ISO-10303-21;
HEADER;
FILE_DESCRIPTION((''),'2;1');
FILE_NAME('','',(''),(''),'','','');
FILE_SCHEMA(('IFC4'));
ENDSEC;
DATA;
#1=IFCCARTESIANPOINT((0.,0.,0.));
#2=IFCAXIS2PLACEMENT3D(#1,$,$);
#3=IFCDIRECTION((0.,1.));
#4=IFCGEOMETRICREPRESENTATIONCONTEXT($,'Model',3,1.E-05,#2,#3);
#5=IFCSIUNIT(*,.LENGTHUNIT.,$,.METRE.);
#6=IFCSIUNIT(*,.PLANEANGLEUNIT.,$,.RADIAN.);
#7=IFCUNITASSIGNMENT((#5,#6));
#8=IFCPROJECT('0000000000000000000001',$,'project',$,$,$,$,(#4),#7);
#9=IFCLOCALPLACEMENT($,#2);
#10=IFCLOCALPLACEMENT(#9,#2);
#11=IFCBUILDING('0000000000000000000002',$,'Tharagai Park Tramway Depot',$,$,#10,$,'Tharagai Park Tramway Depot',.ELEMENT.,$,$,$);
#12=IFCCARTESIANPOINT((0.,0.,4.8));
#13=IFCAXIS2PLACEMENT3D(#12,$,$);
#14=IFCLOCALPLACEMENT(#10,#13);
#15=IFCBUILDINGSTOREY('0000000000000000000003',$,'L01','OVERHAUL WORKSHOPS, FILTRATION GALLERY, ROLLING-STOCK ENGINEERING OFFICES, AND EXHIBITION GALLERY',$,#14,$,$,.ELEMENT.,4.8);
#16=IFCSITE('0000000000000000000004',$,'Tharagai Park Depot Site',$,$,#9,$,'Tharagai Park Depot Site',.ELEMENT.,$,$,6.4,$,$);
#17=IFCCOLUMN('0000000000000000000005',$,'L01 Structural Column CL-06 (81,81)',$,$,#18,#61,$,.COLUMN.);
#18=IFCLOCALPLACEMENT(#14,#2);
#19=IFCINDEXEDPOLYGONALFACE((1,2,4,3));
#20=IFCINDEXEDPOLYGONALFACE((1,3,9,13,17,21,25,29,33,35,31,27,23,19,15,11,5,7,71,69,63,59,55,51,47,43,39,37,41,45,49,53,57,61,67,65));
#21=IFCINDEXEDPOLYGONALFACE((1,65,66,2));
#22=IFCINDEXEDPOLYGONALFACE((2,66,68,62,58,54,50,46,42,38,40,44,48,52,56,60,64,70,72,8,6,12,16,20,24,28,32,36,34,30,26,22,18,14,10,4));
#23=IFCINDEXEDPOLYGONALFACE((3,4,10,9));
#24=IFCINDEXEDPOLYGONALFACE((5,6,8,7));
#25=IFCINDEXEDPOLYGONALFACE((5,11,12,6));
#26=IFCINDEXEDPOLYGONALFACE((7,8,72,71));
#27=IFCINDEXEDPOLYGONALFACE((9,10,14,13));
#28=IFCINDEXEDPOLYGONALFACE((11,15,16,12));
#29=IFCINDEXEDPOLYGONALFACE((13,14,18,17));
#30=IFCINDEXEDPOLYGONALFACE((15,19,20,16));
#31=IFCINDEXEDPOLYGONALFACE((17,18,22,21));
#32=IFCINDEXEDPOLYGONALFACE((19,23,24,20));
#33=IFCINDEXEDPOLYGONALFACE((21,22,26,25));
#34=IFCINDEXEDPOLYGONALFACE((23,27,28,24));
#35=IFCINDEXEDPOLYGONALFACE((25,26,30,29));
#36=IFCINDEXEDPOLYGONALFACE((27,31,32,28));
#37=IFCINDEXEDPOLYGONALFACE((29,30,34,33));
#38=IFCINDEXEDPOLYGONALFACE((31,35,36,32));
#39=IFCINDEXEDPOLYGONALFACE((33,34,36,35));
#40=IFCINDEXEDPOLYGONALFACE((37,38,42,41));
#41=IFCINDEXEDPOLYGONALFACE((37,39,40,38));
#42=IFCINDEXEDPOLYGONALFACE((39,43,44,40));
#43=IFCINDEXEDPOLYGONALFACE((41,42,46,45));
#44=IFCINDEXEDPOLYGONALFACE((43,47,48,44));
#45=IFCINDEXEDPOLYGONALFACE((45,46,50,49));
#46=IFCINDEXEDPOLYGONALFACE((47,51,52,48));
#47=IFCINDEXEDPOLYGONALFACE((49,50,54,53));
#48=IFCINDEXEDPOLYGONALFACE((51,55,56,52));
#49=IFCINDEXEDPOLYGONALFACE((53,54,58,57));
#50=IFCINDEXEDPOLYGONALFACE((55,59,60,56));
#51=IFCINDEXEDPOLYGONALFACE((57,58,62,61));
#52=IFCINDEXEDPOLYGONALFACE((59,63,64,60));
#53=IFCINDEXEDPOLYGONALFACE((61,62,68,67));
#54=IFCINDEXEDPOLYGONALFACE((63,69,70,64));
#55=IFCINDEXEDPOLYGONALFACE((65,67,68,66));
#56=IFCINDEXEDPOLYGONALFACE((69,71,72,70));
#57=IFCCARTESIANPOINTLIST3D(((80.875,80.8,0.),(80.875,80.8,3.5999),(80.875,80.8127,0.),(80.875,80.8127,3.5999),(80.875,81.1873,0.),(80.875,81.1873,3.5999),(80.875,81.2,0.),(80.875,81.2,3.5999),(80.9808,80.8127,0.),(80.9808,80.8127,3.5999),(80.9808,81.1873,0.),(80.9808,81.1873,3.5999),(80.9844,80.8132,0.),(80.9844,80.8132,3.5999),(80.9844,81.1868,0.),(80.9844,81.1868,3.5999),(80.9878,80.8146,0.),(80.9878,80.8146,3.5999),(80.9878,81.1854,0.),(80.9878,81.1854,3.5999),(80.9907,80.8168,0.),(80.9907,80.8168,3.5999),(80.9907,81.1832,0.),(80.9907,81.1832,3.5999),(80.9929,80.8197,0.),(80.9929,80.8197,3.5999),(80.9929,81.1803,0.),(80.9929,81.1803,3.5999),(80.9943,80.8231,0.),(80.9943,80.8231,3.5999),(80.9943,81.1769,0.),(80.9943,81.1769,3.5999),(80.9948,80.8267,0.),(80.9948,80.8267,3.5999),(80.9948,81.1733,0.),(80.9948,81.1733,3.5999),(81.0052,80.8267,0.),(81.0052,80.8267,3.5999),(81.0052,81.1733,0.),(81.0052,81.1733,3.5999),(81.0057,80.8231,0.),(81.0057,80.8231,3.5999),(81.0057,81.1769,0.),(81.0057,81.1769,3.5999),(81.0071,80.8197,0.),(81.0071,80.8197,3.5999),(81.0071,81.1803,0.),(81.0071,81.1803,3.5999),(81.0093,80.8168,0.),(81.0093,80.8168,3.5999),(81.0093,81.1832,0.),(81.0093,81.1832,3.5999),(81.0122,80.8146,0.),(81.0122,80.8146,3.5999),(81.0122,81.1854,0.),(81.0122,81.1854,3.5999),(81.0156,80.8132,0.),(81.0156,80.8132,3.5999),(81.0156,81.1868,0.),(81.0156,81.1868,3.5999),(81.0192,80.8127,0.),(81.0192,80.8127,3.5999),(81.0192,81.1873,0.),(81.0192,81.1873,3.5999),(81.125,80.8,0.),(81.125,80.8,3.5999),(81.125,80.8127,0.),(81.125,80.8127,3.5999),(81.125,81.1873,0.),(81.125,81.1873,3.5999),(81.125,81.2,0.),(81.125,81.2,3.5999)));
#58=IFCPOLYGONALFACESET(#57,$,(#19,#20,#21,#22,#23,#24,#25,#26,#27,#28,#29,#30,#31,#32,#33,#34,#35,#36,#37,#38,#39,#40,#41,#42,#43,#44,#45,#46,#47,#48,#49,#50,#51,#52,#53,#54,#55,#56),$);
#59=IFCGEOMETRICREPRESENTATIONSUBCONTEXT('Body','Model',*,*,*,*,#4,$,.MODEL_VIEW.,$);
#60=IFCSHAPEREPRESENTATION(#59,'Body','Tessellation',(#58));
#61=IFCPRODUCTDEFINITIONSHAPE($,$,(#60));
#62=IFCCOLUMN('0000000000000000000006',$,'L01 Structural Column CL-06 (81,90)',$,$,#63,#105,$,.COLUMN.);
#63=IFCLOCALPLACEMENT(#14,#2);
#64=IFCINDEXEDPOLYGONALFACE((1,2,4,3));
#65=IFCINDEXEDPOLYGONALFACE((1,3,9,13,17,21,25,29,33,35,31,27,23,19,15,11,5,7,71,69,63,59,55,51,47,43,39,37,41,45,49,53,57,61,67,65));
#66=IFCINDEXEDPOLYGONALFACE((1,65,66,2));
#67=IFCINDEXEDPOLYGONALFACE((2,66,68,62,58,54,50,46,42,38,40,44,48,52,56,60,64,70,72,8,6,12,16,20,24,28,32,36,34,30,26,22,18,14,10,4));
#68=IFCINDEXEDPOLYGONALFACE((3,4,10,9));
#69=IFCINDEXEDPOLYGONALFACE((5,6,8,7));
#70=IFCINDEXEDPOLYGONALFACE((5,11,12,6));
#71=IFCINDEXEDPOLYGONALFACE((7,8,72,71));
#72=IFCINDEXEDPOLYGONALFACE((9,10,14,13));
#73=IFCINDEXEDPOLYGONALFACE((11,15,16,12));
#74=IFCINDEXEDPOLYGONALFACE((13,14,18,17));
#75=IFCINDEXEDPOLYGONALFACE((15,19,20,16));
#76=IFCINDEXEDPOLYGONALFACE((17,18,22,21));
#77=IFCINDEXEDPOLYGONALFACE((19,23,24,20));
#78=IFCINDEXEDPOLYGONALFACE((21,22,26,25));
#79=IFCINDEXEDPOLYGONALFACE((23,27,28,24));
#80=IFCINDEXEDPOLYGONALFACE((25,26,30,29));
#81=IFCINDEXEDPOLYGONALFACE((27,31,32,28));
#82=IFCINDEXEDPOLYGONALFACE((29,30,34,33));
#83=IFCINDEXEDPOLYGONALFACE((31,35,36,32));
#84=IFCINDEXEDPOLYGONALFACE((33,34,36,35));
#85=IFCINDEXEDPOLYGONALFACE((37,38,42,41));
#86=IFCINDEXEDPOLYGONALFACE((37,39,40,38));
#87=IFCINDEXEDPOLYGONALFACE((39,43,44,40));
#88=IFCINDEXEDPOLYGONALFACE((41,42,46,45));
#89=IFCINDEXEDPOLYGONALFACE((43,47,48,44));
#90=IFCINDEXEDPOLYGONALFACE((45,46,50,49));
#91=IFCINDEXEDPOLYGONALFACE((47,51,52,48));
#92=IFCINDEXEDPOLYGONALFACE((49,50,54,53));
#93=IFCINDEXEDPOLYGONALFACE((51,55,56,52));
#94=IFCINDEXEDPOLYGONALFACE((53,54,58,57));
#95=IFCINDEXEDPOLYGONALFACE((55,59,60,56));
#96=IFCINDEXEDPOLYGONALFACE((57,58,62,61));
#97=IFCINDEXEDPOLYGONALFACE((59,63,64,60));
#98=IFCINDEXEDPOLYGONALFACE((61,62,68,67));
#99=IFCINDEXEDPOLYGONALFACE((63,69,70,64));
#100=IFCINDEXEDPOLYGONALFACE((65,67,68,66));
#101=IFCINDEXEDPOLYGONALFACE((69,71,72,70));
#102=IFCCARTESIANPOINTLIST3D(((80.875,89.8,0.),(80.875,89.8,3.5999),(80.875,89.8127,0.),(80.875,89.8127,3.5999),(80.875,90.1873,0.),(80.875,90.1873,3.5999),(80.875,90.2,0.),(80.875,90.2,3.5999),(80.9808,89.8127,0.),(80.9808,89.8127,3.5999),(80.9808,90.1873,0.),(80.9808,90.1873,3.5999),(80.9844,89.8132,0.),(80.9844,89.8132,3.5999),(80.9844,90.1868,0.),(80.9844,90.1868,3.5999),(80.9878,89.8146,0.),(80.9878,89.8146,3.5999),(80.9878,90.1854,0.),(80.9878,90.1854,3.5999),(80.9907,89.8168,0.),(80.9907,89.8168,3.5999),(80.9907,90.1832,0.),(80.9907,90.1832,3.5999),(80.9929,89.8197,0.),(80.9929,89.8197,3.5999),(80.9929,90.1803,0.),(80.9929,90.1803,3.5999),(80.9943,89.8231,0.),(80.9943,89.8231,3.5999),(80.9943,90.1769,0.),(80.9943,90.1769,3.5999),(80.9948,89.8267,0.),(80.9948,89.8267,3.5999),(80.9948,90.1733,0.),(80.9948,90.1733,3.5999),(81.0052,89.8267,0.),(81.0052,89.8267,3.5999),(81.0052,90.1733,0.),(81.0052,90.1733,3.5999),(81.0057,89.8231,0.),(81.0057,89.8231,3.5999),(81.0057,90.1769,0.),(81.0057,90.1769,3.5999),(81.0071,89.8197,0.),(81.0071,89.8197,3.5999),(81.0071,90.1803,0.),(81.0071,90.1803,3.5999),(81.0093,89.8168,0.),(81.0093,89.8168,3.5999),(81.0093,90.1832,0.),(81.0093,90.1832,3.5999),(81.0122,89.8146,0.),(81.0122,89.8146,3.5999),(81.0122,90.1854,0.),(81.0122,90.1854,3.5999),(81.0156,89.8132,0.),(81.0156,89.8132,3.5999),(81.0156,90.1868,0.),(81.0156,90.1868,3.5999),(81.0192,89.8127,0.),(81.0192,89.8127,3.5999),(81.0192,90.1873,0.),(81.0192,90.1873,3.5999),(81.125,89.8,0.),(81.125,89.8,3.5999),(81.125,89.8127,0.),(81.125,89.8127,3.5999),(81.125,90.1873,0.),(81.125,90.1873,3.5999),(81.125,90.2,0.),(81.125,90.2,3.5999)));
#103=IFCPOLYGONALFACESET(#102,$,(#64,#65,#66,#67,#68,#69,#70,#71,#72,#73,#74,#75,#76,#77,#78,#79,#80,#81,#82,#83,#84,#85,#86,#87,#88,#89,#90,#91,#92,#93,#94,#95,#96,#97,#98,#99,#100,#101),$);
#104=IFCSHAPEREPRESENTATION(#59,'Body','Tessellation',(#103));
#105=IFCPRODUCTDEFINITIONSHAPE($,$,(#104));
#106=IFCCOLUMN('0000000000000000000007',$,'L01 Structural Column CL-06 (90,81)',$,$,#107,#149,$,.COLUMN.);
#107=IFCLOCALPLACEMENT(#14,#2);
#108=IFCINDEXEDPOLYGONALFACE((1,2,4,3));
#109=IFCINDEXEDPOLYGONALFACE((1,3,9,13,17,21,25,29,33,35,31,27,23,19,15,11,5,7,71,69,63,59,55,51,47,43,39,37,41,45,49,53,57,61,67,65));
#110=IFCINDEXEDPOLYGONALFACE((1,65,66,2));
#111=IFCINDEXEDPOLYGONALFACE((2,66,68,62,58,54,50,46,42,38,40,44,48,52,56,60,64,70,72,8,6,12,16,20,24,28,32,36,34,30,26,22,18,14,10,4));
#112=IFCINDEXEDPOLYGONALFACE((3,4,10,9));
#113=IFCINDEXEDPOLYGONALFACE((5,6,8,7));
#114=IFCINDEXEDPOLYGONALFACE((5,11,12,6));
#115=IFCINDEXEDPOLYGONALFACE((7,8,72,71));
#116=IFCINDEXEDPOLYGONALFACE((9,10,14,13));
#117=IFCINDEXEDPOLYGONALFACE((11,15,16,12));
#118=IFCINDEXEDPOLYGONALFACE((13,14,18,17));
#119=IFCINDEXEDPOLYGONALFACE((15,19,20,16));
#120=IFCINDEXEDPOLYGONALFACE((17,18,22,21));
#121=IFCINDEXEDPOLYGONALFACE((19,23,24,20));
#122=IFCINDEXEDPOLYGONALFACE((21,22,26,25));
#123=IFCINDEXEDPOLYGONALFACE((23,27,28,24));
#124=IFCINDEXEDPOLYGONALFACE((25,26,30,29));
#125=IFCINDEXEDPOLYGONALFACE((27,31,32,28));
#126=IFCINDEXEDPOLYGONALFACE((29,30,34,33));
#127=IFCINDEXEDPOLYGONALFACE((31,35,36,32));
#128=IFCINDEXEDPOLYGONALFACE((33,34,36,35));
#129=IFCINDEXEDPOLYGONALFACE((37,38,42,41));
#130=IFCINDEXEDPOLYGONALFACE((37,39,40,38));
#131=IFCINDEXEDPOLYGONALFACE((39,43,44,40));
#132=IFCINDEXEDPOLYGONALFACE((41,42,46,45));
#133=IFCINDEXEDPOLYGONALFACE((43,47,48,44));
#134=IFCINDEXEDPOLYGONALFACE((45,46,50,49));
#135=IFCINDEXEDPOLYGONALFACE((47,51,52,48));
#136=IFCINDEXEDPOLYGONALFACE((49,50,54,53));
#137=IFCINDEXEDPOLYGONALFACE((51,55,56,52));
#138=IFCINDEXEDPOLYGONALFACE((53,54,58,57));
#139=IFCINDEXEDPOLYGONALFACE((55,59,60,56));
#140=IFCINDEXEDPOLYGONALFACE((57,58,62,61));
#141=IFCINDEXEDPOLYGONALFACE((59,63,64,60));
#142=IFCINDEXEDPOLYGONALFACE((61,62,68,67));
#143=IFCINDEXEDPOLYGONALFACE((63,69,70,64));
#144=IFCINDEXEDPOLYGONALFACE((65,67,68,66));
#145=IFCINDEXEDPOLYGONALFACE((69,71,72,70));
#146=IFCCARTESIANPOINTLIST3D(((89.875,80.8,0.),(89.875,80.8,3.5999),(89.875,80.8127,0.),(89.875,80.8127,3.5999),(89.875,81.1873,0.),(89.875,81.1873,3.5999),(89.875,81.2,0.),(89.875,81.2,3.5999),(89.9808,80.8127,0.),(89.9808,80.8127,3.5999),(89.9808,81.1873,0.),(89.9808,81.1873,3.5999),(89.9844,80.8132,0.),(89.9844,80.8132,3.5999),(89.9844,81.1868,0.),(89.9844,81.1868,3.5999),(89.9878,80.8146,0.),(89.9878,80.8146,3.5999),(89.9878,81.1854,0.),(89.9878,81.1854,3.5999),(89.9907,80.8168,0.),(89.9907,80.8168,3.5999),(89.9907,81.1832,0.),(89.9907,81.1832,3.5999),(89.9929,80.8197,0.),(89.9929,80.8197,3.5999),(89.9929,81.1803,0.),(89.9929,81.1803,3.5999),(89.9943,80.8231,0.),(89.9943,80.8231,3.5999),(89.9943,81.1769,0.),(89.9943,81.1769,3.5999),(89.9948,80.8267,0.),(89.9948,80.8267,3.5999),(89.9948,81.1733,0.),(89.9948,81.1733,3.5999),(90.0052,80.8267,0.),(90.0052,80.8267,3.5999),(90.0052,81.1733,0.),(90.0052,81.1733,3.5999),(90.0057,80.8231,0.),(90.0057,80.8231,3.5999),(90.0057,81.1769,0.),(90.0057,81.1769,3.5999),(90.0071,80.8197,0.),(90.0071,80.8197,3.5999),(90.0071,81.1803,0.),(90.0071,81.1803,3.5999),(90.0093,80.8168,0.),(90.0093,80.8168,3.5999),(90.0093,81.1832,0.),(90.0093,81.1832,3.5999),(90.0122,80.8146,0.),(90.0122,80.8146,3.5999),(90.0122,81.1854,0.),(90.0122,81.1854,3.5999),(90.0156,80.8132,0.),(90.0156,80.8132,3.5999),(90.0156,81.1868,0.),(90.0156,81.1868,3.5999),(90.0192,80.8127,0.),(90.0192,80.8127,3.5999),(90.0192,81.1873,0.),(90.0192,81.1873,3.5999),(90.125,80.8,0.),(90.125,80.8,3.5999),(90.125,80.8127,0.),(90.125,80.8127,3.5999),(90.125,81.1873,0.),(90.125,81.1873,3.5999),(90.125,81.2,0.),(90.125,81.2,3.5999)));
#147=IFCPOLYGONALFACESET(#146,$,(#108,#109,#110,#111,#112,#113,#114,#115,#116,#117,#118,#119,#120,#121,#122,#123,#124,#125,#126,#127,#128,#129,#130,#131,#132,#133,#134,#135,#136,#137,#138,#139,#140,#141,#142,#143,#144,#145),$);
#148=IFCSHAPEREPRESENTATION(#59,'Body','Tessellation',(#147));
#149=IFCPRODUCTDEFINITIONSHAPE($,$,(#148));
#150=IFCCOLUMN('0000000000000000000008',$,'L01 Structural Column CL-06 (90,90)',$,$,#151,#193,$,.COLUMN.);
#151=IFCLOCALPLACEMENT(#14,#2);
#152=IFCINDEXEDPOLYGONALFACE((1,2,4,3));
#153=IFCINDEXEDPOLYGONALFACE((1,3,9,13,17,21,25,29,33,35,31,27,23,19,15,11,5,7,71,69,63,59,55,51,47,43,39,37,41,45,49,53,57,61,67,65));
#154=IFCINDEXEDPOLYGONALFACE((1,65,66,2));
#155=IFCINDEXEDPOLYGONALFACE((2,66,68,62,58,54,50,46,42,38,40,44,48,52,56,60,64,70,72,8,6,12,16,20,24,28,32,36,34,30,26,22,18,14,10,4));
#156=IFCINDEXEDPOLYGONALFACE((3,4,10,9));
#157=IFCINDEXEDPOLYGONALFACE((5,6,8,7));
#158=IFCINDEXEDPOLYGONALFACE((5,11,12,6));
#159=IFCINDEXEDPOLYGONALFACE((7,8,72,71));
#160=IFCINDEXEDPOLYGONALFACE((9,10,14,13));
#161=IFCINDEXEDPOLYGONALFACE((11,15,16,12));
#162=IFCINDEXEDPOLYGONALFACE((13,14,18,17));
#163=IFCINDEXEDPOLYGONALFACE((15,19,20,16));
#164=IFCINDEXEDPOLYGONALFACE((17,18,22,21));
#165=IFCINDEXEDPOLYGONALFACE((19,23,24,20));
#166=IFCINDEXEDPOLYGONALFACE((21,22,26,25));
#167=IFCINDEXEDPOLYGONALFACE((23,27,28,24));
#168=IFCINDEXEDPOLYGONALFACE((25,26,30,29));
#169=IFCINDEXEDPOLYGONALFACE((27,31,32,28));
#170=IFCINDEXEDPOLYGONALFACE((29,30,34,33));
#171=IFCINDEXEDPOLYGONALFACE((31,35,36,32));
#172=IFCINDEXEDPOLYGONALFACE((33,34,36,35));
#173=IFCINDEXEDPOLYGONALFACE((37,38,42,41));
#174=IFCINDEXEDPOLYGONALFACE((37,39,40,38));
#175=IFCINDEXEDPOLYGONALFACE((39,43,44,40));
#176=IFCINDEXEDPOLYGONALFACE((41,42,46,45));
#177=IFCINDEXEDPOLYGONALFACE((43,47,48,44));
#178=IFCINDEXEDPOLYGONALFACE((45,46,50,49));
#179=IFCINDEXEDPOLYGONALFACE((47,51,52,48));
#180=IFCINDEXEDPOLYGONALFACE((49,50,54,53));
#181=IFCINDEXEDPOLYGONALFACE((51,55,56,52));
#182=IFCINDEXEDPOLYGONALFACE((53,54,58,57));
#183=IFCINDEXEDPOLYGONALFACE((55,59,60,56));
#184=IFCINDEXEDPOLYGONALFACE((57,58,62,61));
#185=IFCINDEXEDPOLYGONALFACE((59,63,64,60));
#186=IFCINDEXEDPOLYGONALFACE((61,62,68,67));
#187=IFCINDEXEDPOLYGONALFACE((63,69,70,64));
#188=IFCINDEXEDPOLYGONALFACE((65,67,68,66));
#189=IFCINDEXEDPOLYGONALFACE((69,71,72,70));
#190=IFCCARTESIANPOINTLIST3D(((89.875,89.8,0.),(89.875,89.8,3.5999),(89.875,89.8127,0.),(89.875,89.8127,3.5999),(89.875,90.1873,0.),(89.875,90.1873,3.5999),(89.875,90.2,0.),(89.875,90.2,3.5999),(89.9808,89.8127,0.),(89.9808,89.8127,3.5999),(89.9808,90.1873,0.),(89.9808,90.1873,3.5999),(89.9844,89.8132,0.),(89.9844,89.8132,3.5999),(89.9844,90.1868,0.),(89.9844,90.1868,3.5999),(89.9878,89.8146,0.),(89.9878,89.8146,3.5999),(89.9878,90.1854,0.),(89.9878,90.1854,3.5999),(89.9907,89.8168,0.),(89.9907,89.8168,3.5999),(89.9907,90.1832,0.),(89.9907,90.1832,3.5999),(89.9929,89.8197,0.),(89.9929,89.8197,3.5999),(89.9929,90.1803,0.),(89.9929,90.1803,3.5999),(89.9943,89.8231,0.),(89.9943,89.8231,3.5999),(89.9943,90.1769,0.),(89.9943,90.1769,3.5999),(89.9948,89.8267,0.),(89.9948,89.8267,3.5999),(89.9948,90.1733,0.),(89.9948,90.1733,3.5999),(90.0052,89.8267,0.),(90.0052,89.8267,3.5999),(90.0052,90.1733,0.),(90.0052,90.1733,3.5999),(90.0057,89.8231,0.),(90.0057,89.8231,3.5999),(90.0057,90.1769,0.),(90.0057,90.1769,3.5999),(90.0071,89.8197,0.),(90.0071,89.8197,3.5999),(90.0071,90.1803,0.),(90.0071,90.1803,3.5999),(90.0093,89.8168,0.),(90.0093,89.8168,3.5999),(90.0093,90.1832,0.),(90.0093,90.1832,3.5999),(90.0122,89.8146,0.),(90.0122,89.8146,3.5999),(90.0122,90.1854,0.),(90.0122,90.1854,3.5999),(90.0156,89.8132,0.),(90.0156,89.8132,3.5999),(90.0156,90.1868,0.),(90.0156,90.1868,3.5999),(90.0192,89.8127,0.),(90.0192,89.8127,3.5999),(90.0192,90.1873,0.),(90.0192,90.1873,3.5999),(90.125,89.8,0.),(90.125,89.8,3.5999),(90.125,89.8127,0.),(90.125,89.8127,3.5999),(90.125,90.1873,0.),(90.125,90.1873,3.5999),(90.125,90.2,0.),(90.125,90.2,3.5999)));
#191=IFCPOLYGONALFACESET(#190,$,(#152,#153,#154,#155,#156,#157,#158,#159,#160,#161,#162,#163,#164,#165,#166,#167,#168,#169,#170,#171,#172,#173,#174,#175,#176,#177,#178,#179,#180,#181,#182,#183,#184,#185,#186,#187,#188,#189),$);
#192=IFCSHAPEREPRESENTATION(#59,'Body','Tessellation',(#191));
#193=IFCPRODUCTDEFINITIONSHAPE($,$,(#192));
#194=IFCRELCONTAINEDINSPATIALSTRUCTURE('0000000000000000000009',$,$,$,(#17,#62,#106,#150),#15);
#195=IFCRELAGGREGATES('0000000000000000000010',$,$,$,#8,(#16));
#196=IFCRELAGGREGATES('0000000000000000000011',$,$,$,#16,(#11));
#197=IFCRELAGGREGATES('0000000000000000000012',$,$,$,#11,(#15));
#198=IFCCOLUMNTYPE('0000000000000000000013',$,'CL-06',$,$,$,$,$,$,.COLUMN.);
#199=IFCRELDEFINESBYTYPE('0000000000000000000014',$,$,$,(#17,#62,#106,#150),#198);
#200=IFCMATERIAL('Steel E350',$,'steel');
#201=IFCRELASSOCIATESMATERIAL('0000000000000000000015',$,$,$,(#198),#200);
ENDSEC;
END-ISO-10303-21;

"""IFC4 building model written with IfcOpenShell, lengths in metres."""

from ifc_helpers import new_model, si_unit, direction, frame, origin, origin_2d, place, context, subcontext, project, spatial, i_section, extrude, material, material_profile, profile_set, type_object, element, save


model = new_model("IFC4")

# Units and contexts
model_context = context("Model", 3, precision=1e-05, world=origin(), true_north=direction((0.0, 1.0)))
body_context = subcontext(model_context, "Body", "Model", "MODEL_VIEW")
ifc_project = project(units=[si_unit("LENGTHUNIT", "METRE"), si_unit("PLANEANGLEUNIT", "RADIAN")], contexts=[model_context])

# Site, building, storey
site_placement = place(None, origin())
site = spatial("IfcSite", under=ifc_project, at=site_placement, Name="Tharagai Park Depot Site", LongName="Tharagai Park Depot Site", CompositionType="ELEMENT", RefElevation=6.4)
building_placement = place(site_placement, origin())
building = spatial("IfcBuilding", under=site, at=building_placement, Name="Tharagai Park Tramway Depot", LongName="Tharagai Park Tramway Depot", CompositionType="ELEMENT")
storey_placement = place(building_placement, frame((0.0, 0.0, 4.8)))
storey = spatial("IfcBuildingStorey", under=building, at=storey_placement, Name="L01", Description="OVERHAUL WORKSHOPS, FILTRATION GALLERY, ROLLING-STOCK ENGINEERING OFFICES, AND EXHIBITION GALLERY", CompositionType="ELEMENT", Elevation=4.8)

# Columns
ifc_material_1 = material(Name="Steel E350", Category="steel")
ifc_material_profile_1 = material_profile(ifc_material_1, i_section(OverallWidth=0.25, OverallDepth=0.3999, WebThickness=0.0105, FlangeThickness=0.0127, FilletRadius=0.0139, at=origin_2d()), Name="ISHB 400")
ifc_profile_set_1 = profile_set([ifc_material_profile_1], Name="Steel E350")
column_type = type_object("IfcColumnType", Name="CL-06", PredefinedType="COLUMN", material=ifc_profile_set_1)
for number, where, z_axis, x_axis, name in (
    (1, (81.0, 81.0, 0.0), (0.0, 0.0, 1.0), (1.0, 0.0, 0.0), "L01 Structural Column CL-06 (81,81)"),
    (2, (81.0, 90.0, 0.0), (0.0, 0.0, 1.0), (1.0, 0.0, 0.0), "L01 Structural Column CL-06 (81,90)"),
    (3, (90.0, 81.0, 0.0), (0.0, 0.0, 1.0), (1.0, 0.0, 0.0), "L01 Structural Column CL-06 (90,81)"),
    (4, (90.0, 90.0, 0.0), (0.0, 0.0, 1.0), (1.0, 0.0, 0.0), "L01 Structural Column CL-06 (90,90)"),
):
    element("IfcColumn", number, at=place(storey_placement, frame(where, z_axis=z_axis, x_axis=x_axis)), inside=storey, type_object=column_type, Name=name, PredefinedType="COLUMN", context=body_context, shape_type="SweptSolid", body=[
        extrude(i_section(OverallWidth=0.25, OverallDepth=0.3999, WebThickness=0.0105, FlangeThickness=0.0127, FilletRadius=0.0139, at=origin_2d()), origin(), (0.0, 0.0, 1.0), 3.5999),
    ])

save(model, "model.ifc")
